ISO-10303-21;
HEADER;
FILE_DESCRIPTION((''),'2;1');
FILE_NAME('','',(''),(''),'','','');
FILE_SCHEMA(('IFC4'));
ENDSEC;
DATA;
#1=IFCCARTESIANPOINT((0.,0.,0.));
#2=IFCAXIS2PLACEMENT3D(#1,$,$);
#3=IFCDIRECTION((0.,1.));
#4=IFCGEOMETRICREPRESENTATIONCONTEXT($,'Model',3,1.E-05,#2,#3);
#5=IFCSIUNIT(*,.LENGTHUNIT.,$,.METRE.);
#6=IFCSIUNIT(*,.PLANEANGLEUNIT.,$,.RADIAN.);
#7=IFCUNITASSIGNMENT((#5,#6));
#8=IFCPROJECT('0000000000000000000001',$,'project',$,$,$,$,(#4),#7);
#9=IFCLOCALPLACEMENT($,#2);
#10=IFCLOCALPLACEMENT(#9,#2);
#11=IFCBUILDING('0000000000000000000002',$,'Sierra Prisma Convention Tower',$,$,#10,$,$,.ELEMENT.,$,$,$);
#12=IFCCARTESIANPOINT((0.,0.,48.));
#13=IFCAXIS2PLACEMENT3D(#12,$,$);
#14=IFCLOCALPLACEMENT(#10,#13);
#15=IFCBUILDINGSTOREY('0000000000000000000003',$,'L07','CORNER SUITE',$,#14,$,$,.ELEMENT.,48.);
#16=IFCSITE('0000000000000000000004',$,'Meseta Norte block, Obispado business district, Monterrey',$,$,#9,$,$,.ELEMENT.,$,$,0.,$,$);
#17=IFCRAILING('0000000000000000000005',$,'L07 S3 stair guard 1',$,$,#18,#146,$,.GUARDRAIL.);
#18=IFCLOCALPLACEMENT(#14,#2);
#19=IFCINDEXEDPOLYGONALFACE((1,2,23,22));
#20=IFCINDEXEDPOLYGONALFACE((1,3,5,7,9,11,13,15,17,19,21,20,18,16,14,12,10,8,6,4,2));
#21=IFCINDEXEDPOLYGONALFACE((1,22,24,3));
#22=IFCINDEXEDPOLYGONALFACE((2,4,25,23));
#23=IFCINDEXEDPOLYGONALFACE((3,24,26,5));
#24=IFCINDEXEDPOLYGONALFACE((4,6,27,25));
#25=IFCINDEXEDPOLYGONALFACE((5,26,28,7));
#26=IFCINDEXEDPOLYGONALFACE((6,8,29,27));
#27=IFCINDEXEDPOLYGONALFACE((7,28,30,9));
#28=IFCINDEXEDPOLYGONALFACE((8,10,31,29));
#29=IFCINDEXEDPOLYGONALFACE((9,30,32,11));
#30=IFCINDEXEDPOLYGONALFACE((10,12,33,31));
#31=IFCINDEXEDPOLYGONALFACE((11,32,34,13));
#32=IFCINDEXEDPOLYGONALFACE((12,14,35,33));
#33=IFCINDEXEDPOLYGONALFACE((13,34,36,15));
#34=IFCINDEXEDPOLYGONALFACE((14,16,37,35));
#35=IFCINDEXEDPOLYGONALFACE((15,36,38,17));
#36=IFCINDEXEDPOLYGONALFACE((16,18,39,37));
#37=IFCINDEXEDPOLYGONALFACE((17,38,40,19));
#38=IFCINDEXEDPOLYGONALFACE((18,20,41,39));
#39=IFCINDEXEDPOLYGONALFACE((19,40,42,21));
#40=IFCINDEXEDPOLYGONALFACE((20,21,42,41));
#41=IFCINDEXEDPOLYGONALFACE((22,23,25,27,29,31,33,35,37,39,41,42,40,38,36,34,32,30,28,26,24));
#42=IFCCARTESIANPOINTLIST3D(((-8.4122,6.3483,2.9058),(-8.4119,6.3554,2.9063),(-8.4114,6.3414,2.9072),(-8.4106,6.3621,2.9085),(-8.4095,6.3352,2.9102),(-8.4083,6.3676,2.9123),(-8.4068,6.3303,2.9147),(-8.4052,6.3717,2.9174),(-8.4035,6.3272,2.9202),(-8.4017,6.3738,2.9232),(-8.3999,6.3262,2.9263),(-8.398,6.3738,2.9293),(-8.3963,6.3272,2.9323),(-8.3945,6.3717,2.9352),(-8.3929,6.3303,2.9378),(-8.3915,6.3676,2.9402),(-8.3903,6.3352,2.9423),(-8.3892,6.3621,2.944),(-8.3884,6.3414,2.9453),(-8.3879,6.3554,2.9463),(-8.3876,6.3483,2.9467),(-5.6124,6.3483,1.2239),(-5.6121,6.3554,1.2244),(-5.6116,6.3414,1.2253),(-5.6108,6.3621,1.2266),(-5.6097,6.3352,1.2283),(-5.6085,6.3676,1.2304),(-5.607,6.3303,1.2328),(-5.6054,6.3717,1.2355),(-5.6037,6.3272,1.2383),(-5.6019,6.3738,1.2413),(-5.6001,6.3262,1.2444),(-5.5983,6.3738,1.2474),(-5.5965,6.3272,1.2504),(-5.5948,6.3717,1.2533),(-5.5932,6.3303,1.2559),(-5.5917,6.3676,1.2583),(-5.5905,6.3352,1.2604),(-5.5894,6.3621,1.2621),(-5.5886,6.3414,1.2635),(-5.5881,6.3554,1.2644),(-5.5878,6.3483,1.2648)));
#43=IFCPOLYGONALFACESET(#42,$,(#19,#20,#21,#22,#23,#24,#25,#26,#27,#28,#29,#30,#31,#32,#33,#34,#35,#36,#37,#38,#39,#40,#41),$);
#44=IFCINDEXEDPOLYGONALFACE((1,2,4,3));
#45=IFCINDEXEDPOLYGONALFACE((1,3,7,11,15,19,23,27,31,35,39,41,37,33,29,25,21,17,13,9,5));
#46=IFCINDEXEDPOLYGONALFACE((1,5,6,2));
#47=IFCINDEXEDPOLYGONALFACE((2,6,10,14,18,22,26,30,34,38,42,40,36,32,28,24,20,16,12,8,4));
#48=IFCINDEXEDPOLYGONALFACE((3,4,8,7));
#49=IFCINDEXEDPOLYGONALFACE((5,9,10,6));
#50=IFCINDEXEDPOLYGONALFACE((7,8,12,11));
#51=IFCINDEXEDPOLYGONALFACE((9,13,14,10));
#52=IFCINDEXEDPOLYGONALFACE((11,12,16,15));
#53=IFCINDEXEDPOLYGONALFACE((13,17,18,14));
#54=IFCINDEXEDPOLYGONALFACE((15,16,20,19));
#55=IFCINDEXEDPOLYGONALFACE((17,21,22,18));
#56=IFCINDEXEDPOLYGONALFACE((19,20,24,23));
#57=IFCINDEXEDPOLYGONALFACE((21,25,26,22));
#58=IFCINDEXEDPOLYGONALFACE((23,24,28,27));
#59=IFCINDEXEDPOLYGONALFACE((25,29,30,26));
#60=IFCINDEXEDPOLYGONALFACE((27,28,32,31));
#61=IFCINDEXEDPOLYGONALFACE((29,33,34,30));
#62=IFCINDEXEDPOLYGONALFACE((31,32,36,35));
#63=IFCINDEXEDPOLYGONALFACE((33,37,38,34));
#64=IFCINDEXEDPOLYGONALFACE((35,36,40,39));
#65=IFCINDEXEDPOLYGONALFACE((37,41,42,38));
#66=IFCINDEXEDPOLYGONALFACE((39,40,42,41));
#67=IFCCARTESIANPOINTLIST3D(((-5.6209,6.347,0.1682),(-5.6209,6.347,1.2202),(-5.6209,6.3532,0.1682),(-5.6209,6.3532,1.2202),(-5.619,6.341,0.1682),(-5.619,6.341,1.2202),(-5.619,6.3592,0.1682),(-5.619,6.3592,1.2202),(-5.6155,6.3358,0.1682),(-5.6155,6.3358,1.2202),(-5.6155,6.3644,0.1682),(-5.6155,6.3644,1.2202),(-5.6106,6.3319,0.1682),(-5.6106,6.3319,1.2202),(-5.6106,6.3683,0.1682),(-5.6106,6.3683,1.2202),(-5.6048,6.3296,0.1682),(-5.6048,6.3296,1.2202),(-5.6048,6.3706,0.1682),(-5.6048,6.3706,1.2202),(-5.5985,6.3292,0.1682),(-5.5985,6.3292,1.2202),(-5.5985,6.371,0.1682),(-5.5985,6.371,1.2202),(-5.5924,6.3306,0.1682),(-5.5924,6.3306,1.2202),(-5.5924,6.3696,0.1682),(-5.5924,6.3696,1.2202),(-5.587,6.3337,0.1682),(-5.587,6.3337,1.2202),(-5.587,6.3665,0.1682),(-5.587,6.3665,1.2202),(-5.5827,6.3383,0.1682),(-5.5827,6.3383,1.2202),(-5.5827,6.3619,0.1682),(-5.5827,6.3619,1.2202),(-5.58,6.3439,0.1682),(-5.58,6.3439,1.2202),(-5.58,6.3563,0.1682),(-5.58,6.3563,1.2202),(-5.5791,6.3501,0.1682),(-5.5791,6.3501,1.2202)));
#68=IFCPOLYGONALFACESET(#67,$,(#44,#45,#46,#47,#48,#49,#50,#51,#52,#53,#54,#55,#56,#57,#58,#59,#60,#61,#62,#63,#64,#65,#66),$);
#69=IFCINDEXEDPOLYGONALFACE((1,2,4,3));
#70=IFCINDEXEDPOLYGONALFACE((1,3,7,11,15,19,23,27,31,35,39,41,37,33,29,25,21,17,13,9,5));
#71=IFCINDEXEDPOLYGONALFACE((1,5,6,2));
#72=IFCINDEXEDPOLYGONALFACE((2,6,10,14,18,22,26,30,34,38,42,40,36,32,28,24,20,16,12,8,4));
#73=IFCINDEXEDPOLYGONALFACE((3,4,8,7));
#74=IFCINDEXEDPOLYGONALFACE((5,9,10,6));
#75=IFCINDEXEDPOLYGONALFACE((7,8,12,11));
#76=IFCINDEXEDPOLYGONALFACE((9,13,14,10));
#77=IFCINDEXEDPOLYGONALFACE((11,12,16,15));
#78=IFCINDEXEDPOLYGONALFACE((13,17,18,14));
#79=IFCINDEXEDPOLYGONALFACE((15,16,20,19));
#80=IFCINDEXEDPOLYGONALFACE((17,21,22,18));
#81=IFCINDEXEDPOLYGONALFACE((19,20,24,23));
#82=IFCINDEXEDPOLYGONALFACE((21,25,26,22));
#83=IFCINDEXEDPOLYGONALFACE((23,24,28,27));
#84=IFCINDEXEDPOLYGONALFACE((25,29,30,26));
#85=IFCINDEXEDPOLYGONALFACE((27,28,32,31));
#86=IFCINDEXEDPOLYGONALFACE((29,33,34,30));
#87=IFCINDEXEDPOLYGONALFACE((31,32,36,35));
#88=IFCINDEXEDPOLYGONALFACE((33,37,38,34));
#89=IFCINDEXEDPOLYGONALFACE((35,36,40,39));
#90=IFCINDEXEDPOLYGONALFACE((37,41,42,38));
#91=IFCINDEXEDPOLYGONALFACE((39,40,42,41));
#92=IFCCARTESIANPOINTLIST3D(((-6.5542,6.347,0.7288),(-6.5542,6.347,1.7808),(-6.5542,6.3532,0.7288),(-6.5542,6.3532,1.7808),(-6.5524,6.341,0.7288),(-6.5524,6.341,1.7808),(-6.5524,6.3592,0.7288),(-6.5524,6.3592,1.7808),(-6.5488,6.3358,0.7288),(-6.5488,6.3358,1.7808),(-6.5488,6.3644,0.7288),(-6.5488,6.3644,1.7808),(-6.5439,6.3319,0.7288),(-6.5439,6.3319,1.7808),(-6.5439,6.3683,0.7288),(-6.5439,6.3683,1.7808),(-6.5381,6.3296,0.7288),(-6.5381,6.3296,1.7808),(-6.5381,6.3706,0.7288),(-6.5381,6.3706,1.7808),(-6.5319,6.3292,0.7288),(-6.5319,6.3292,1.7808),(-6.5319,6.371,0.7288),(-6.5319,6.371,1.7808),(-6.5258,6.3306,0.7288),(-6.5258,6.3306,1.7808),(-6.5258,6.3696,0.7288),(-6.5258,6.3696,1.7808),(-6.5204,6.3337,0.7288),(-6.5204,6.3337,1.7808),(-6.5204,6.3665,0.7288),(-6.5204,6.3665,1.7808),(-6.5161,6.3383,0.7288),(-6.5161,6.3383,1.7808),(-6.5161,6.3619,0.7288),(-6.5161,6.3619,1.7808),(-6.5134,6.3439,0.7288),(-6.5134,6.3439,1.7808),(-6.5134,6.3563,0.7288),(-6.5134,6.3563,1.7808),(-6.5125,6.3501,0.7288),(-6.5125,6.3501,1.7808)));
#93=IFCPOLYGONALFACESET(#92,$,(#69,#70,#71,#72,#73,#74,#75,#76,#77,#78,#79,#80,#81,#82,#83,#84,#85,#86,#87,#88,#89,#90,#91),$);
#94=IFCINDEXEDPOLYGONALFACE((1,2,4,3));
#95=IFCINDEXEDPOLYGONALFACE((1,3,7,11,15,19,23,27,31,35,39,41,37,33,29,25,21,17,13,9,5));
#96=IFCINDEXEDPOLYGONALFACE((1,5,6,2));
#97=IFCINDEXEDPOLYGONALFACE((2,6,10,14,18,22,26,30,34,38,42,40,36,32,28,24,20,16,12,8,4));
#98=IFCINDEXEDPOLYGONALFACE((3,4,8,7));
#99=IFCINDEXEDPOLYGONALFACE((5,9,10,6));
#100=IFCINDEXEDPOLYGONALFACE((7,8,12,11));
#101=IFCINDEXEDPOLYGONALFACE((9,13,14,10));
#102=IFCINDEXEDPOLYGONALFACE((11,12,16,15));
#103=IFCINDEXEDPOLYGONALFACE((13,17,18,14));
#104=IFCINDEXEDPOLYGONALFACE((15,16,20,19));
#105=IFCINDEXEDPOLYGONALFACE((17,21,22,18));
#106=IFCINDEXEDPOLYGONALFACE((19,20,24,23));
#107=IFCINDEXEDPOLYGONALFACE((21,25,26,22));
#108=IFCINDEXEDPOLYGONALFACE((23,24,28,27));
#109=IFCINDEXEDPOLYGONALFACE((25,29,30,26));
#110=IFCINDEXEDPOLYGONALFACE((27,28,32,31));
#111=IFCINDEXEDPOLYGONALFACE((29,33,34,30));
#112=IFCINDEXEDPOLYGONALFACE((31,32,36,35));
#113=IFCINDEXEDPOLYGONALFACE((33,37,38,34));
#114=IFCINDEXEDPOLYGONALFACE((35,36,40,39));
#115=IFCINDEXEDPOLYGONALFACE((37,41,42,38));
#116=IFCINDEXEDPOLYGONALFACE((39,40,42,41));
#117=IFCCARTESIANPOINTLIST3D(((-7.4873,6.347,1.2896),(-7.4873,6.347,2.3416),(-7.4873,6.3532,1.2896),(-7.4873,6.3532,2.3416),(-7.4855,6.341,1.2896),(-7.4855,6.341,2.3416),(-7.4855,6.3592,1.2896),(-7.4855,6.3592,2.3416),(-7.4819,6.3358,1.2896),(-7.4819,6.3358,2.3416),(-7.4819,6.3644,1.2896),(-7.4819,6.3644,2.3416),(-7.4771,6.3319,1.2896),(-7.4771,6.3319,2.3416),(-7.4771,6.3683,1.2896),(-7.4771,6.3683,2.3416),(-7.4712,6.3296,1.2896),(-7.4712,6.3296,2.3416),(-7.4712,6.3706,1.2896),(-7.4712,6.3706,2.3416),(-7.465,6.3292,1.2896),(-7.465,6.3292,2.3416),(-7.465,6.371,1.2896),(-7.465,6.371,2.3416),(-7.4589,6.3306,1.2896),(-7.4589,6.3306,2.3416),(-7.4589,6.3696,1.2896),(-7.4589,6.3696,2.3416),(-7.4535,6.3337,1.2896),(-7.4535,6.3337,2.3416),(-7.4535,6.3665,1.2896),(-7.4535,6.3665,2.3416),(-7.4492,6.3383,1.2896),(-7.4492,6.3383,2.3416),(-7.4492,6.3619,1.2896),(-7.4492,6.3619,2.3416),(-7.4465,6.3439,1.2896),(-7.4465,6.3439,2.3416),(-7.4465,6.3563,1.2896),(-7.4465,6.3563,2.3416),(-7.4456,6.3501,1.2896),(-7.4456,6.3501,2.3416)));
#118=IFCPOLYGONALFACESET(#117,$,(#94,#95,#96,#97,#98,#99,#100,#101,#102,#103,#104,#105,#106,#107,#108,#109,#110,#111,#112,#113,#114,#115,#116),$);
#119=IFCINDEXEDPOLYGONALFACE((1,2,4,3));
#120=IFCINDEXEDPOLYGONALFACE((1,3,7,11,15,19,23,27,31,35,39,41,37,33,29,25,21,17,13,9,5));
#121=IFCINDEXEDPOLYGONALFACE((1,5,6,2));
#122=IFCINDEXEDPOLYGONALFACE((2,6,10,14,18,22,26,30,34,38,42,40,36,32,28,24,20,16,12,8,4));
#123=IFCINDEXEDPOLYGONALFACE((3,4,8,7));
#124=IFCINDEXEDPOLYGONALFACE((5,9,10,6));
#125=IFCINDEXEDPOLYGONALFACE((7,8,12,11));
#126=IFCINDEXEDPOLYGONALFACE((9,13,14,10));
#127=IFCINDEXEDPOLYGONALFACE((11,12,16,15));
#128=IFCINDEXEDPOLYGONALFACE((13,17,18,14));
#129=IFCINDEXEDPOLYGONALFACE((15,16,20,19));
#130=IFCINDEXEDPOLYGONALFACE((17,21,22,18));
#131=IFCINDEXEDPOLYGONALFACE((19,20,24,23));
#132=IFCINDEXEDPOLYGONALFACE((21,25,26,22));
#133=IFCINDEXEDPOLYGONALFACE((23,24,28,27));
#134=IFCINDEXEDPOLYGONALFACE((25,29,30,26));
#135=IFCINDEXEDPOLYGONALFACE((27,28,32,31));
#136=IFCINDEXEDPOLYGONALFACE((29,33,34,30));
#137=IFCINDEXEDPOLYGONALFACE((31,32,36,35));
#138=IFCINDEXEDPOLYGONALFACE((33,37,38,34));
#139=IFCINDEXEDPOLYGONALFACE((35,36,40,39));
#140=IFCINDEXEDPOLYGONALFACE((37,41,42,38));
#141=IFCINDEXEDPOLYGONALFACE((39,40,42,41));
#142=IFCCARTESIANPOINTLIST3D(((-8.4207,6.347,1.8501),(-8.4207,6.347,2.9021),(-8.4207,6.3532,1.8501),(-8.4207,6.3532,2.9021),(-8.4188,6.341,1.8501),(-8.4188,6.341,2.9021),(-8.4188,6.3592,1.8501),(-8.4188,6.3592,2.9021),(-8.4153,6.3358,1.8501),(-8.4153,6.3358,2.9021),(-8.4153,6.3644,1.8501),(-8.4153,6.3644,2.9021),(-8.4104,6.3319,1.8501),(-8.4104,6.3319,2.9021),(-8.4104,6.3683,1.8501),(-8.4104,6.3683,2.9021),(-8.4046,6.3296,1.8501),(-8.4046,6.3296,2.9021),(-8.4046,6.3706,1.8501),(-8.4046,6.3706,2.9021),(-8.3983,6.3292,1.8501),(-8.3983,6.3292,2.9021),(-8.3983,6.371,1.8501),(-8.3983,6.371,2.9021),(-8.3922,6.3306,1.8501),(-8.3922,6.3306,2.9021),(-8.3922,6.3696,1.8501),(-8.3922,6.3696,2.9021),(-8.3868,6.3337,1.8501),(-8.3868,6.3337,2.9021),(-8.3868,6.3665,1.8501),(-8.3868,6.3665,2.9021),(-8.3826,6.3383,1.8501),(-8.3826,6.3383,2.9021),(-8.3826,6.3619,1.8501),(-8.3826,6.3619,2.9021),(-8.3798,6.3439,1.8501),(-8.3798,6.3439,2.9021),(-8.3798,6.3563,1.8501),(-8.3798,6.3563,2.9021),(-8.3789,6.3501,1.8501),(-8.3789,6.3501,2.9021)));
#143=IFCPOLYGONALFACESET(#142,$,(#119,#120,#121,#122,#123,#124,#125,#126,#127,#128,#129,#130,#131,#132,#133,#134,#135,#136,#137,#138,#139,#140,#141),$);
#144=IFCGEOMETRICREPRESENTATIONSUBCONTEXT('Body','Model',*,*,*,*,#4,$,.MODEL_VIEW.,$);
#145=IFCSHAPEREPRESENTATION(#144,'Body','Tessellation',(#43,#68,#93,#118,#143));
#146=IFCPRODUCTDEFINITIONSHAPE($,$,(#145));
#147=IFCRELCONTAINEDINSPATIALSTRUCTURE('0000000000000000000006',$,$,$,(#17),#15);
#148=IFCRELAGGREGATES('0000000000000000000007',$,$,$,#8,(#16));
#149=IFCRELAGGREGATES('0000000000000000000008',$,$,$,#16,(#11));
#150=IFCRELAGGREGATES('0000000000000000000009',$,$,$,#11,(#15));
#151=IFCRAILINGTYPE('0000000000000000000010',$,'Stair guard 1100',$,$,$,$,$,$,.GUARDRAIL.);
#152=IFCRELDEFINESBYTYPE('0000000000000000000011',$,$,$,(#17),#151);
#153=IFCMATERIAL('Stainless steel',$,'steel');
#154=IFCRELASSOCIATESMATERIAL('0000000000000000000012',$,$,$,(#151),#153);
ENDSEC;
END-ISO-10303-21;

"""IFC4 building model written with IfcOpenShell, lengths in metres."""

from ifc_helpers import new_model, si_unit, direction, frame, origin, origin_2d, place, context, subcontext, project, spatial, circle, extrude, material, type_object, element, save


model = new_model("IFC4")

# Units and contexts
model_context = context("Model", 3, precision=1e-05, world=origin(), true_north=direction((0.0, 1.0)))
body_context = subcontext(model_context, "Body", "Model", "MODEL_VIEW")
ifc_project = project(units=[si_unit("LENGTHUNIT", "METRE"), si_unit("PLANEANGLEUNIT", "RADIAN")], contexts=[model_context])

# Site, building, storey
site_placement = place(None, origin())
site = spatial("IfcSite", under=ifc_project, at=site_placement, Name="Meseta Norte block, Obispado business district, Monterrey", CompositionType="ELEMENT", RefElevation=0.0)
building_placement = place(site_placement, origin())
building = spatial("IfcBuilding", under=site, at=building_placement, Name="Sierra Prisma Convention Tower", CompositionType="ELEMENT")
storey_placement = place(building_placement, frame((0.0, 0.0, 48.0)))
storey = spatial("IfcBuildingStorey", under=building, at=storey_placement, Name="L07", Description="CORNER SUITE", CompositionType="ELEMENT", Elevation=48.0)

# Railing
ifc_material_1 = material(Name="Stainless steel", Category="steel")
railing_type_1 = type_object("IfcRailingType", Name="Stair guard 1100", PredefinedType="GUARDRAIL", material=ifc_material_1)
railing_1_placement = place(storey_placement, frame((-5.6001, 6.3501, 0.1682)))
element("IfcRailing", 1, at=railing_1_placement, inside=storey, type_object=railing_type_1, Name="L07 S3 stair guard 1", PredefinedType="GUARDRAIL", context=body_context, shape_type="SweptSolid", body=[
    extrude(circle(Radius=0.0239, at=origin_2d()), frame((0.0, 0.0, 1.0762), z_axis=(-0.857222, 0.0, 0.514946), x_axis=(0.0, -1.0, 0.0)), (0.0, 0.0, 1.0), 3.2661),
    extrude(circle(Radius=0.021, at=origin_2d()), origin(), (0.0, 0.0, 1.0), 1.052),
    extrude(circle(Radius=0.021, at=origin_2d()), frame((-0.9333, 0.0, 0.5605)), (0.0, 0.0, 1.0), 1.052),
    extrude(circle(Radius=0.021, at=origin_2d()), frame((-1.8665, 0.0, 1.1213)), (0.0, 0.0, 1.0), 1.052),
    extrude(circle(Radius=0.021, at=origin_2d()), frame((-2.7998, 0.0, 1.6819)), (0.0, 0.0, 1.0), 1.052),
])

save(model, "model.ifc")
